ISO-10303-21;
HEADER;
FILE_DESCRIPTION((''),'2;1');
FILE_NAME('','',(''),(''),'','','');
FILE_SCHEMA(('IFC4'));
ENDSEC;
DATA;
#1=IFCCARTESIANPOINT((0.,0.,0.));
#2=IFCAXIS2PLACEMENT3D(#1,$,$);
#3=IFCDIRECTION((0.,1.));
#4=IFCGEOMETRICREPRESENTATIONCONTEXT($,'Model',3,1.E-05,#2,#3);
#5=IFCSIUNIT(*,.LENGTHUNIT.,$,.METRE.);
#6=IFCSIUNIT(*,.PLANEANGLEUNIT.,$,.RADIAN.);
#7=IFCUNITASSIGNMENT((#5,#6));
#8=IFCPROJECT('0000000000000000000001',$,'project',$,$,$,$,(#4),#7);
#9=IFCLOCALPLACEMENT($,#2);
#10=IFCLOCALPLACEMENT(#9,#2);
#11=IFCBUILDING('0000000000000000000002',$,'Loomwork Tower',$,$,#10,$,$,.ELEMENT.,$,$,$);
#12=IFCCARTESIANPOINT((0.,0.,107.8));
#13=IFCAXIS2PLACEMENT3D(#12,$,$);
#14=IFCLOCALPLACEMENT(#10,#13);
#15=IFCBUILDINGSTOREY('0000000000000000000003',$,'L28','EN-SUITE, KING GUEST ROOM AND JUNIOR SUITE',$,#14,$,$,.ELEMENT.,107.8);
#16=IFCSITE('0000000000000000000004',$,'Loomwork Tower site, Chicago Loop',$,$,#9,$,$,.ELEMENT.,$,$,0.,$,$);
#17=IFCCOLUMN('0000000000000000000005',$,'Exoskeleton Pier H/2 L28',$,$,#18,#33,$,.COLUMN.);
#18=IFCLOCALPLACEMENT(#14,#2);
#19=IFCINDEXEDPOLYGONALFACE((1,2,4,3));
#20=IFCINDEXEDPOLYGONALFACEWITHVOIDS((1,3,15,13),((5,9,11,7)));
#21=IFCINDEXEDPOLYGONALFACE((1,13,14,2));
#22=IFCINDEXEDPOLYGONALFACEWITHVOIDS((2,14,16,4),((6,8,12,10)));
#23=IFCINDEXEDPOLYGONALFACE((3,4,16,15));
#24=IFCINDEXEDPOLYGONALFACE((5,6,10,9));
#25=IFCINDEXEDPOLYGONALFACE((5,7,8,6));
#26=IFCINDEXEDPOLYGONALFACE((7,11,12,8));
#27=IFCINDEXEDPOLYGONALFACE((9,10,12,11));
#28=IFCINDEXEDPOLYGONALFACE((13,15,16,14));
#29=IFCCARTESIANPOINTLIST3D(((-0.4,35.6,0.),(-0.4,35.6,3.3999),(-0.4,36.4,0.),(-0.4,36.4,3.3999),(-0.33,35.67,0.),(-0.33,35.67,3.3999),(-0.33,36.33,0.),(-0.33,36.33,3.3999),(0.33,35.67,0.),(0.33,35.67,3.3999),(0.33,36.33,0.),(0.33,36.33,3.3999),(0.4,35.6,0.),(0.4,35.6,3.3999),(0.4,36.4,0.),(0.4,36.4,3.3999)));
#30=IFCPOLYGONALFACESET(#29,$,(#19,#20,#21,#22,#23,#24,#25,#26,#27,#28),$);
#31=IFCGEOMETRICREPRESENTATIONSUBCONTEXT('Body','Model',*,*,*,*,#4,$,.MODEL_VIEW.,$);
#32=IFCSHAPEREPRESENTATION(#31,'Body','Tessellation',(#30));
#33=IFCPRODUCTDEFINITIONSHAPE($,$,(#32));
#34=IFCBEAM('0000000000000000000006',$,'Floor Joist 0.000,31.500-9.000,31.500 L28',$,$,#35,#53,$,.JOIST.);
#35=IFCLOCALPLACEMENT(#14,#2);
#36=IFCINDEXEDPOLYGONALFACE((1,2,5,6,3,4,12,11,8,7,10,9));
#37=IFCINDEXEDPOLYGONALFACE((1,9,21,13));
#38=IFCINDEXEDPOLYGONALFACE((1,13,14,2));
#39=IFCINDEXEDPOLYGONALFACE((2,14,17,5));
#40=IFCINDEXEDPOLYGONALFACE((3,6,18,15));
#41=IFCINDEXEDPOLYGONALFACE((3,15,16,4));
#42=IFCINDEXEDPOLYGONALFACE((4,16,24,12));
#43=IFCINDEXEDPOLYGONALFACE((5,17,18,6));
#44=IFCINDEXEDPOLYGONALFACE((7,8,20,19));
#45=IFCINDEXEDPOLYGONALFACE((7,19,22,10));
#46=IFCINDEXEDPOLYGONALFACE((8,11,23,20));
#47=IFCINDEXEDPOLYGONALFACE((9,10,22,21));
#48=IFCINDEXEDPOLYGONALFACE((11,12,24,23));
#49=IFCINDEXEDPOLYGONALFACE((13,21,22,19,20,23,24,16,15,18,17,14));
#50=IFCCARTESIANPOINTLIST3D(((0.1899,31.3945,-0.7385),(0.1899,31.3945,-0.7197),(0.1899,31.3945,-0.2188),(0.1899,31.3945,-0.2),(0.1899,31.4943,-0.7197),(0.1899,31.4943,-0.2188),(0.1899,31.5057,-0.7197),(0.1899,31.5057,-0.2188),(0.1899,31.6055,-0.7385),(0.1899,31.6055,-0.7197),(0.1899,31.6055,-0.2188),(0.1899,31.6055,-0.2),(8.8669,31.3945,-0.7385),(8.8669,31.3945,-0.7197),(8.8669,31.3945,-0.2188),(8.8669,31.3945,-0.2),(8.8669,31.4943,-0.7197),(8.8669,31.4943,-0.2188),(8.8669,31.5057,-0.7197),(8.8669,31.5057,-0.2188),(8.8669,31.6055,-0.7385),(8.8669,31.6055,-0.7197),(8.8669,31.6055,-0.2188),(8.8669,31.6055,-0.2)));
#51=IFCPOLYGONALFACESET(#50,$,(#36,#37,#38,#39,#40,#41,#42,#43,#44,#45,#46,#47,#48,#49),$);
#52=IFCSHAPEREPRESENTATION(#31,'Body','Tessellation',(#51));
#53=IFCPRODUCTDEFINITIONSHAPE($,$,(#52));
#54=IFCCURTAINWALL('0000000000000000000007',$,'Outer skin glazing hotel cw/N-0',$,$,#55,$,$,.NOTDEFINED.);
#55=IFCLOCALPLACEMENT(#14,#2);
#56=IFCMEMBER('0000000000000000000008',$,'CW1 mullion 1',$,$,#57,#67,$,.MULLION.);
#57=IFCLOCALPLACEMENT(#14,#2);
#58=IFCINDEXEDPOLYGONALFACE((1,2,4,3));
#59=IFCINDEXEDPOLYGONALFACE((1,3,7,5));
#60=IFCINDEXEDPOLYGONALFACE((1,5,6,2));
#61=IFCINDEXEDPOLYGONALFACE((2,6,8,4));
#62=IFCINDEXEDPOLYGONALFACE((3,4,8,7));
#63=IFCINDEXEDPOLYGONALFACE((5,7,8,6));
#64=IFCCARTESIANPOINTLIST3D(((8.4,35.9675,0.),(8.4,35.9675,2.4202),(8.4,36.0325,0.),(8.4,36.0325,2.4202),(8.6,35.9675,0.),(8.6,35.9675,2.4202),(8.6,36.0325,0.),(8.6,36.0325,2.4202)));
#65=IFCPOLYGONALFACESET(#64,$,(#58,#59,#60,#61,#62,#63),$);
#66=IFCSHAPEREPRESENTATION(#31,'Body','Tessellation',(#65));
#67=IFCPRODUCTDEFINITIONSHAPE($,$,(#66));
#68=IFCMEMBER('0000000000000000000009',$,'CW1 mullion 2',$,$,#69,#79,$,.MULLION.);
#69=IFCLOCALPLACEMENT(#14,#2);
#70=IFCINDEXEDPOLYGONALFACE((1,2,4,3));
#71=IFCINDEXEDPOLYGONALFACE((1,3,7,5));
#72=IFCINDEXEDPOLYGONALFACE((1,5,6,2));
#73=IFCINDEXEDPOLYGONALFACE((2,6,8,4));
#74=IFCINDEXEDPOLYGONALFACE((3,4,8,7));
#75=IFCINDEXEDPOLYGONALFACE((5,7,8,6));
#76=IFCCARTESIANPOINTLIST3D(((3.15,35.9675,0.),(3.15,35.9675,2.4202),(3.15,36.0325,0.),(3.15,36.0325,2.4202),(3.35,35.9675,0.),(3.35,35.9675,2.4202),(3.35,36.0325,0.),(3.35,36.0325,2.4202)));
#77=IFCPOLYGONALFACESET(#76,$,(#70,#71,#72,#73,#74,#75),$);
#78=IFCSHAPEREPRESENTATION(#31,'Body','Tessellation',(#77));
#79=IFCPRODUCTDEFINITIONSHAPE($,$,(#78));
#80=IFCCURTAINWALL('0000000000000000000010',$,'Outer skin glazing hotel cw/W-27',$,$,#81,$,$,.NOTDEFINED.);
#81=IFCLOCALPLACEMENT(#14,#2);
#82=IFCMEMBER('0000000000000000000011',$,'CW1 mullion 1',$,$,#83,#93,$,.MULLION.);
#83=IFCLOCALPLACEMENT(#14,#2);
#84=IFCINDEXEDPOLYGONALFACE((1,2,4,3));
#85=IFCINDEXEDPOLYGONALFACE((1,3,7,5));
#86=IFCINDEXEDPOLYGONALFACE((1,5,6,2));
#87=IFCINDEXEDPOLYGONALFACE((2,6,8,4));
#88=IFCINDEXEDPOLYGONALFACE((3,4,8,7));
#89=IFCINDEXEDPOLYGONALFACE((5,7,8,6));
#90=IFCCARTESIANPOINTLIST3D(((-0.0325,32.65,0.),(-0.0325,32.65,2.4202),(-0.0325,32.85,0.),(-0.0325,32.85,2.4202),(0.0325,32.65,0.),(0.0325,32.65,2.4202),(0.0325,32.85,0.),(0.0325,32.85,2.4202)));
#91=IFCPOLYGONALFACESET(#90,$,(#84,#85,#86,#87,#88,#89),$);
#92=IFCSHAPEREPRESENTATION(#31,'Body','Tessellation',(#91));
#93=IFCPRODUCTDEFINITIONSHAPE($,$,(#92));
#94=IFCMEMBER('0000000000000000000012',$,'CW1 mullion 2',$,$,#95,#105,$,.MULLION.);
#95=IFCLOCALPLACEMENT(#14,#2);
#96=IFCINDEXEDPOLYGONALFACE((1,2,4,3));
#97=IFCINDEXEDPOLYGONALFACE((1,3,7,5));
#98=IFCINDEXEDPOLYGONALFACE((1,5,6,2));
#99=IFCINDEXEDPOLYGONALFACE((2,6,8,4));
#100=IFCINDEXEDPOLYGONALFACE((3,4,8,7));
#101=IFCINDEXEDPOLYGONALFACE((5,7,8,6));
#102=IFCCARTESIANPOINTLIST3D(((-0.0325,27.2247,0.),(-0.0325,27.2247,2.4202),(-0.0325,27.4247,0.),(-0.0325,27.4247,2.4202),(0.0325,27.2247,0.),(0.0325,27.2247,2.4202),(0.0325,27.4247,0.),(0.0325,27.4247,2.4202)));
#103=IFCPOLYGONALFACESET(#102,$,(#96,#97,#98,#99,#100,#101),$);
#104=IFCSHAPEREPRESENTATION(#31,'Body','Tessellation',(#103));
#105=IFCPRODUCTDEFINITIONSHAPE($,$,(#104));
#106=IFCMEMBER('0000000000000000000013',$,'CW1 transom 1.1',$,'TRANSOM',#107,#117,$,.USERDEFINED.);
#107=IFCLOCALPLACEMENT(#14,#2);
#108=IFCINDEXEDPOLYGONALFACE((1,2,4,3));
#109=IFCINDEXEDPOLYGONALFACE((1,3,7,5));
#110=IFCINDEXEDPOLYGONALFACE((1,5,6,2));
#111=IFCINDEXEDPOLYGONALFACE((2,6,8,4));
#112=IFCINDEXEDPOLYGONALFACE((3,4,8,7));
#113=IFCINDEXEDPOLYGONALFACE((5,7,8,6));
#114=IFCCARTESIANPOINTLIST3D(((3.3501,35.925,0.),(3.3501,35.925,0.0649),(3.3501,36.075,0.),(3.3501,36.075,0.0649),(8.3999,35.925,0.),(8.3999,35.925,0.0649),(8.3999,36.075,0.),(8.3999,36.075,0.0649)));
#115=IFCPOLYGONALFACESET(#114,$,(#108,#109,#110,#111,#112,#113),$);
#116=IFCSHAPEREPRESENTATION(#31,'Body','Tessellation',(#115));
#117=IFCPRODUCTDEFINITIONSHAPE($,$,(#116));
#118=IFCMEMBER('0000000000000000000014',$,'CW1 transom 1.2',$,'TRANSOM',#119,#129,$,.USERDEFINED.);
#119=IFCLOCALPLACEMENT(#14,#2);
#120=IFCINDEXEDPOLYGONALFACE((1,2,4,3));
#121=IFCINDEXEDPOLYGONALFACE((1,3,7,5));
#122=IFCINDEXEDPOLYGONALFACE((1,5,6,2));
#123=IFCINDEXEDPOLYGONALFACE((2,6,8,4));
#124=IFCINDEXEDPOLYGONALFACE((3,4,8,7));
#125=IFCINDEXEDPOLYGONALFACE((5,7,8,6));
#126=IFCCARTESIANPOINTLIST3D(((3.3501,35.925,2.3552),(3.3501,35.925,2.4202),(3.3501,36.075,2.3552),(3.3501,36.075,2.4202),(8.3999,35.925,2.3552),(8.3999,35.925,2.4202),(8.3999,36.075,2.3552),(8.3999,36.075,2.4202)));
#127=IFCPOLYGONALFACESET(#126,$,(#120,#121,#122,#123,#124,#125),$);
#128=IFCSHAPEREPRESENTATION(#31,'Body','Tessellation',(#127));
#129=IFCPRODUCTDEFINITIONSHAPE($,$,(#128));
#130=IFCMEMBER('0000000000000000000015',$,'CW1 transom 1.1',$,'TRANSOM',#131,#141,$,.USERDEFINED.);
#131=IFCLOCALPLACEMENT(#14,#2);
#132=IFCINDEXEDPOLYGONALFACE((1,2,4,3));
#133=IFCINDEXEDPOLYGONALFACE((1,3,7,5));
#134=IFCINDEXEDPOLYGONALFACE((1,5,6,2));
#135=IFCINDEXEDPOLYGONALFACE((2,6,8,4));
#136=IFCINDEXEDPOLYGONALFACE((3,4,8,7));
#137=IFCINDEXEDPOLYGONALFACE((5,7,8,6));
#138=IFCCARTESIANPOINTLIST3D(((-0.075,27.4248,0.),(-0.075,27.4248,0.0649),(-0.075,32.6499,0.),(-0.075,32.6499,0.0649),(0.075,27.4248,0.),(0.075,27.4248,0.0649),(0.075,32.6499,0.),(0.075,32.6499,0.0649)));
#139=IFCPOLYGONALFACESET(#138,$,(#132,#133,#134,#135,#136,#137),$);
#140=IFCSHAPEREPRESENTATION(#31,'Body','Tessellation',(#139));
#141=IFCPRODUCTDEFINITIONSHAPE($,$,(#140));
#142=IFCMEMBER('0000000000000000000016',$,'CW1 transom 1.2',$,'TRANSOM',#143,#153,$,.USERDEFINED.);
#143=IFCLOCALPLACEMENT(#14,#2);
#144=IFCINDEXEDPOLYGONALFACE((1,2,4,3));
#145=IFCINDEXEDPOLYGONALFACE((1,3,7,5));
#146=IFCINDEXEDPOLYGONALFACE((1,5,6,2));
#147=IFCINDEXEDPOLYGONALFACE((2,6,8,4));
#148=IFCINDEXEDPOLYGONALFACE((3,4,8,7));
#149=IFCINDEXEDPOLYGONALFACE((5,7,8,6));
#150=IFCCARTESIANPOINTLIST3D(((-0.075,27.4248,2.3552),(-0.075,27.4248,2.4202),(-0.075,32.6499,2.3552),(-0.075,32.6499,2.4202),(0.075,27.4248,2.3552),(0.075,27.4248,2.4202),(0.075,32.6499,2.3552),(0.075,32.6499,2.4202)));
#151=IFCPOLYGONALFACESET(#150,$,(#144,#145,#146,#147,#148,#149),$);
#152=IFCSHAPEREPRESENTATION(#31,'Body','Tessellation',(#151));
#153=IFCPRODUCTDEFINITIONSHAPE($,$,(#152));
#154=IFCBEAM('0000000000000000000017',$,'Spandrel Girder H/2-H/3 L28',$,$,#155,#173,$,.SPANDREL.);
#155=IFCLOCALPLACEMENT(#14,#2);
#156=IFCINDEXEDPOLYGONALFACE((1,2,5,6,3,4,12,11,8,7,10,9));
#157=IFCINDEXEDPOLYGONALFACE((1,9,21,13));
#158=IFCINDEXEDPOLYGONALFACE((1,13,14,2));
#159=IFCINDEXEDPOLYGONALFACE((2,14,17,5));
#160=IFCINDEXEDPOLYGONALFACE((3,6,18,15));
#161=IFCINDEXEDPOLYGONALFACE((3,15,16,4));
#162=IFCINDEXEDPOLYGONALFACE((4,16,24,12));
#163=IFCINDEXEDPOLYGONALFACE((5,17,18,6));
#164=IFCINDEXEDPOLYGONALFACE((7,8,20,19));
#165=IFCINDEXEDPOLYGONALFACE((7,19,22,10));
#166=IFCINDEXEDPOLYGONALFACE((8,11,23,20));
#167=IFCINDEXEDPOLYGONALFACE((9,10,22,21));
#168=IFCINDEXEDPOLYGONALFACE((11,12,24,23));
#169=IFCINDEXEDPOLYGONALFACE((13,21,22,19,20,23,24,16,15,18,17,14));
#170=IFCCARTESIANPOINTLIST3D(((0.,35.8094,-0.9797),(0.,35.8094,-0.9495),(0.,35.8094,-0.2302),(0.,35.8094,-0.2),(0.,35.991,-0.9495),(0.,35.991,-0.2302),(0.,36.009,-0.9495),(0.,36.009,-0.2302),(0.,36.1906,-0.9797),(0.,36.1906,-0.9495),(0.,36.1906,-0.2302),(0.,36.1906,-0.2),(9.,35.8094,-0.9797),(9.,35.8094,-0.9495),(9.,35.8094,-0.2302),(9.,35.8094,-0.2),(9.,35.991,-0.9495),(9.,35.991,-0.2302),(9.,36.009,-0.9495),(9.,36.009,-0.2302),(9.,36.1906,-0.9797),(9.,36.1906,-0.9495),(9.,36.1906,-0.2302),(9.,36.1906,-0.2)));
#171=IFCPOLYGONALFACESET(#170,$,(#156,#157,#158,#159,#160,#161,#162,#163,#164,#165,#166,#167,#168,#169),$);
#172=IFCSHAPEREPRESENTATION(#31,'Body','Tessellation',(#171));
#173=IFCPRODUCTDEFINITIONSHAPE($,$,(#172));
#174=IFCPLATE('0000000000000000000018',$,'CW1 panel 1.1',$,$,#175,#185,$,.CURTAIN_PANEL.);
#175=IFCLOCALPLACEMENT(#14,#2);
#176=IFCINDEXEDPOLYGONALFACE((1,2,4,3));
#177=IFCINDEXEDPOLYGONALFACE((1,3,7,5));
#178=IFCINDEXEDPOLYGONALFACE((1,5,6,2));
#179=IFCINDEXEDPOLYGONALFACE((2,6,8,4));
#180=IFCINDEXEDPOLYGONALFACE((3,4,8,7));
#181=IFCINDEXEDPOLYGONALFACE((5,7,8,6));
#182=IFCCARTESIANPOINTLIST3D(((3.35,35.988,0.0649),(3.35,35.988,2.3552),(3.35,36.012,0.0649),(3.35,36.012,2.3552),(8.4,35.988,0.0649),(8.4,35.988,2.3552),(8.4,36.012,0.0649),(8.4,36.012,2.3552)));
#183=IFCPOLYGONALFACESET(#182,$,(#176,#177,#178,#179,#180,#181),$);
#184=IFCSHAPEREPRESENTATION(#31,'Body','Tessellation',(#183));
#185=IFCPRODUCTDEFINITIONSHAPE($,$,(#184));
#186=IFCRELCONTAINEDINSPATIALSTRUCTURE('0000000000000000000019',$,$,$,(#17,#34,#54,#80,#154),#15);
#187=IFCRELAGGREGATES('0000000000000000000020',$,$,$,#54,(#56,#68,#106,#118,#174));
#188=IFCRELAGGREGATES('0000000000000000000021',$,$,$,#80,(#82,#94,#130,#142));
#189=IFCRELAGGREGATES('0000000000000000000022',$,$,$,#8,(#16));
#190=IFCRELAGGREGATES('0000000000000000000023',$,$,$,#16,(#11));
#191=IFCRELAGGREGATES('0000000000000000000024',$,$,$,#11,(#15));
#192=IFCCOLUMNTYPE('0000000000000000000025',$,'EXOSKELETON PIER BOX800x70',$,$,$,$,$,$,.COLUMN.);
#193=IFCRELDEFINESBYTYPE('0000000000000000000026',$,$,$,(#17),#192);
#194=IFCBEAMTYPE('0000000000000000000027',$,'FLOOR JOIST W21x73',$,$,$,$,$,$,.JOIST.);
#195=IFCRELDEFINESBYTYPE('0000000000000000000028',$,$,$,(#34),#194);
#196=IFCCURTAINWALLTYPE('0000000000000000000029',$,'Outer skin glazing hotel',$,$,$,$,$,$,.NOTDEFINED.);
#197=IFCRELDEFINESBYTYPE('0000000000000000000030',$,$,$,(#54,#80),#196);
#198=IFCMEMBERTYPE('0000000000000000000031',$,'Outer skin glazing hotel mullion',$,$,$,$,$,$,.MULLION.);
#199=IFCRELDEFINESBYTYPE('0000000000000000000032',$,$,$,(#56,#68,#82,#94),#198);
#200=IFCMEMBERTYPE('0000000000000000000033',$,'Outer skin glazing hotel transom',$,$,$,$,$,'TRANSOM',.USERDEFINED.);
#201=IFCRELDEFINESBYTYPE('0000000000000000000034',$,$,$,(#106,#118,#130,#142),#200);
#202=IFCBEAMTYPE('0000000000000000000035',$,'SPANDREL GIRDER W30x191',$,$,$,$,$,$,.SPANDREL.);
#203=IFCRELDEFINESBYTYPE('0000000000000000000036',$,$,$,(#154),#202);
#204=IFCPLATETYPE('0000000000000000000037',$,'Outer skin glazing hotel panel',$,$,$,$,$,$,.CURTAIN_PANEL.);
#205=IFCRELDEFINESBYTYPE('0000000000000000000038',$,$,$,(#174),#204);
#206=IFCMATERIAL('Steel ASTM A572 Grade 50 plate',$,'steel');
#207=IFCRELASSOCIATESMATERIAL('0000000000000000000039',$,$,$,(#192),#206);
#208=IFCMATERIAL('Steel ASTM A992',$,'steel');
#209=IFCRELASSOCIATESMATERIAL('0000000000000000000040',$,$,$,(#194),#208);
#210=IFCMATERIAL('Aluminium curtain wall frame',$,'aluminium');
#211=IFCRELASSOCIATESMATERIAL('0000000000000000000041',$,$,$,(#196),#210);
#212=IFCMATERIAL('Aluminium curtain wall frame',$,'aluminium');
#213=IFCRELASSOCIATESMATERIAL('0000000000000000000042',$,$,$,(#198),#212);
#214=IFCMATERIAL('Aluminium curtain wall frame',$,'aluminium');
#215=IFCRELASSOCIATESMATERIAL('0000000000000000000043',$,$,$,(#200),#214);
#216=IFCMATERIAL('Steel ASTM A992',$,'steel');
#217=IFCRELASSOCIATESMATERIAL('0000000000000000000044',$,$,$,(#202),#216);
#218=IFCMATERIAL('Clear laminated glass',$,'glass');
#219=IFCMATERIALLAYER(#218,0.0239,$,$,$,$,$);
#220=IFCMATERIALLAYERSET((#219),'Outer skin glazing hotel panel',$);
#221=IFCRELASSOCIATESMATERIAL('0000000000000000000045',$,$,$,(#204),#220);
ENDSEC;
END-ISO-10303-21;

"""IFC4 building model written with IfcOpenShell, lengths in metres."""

from ifc_helpers import new_model, si_unit, direction, frame, origin, origin_2d, place, context, subcontext, project, spatial, rectangle, hollow_rectangle, i_section, extrude, material, layer, layer_set, material_profile, profile_set, type_object, element, aggregate, save


model = new_model("IFC4")

# Units and contexts
model_context = context("Model", 3, precision=1e-05, world=origin(), true_north=direction((0.0, 1.0)))
body_context = subcontext(model_context, "Body", "Model", "MODEL_VIEW")
ifc_project = project(units=[si_unit("LENGTHUNIT", "METRE"), si_unit("PLANEANGLEUNIT", "RADIAN")], contexts=[model_context])

# Site, building, storey
site_placement = place(None, origin())
site = spatial("IfcSite", under=ifc_project, at=site_placement, Name="Loomwork Tower site, Chicago Loop", CompositionType="ELEMENT", RefElevation=0.0)
building_placement = place(site_placement, origin())
building = spatial("IfcBuilding", under=site, at=building_placement, Name="Loomwork Tower", CompositionType="ELEMENT")
storey_placement = place(building_placement, frame((0.0, 0.0, 107.8)))
storey = spatial("IfcBuildingStorey", under=building, at=storey_placement, Name="L28", Description="EN-SUITE, KING GUEST ROOM AND JUNIOR SUITE", CompositionType="ELEMENT", Elevation=107.8)

# Column
ifc_material_1 = material(Name="Steel ASTM A572 Grade 50 plate", Category="steel")
ifc_material_profile_1 = material_profile(ifc_material_1, hollow_rectangle(XDim=0.8, YDim=0.8, WallThickness=0.0701, at=origin_2d()), Name="BOX800x70")
ifc_profile_set_1 = profile_set([ifc_material_profile_1], Name="Steel ASTM A572 Grade 50 plate")
column_type = type_object("IfcColumnType", Name="EXOSKELETON PIER BOX800x70", PredefinedType="COLUMN", material=ifc_profile_set_1)
column_placement = place(storey_placement, frame((0.0, 36.0, 0.0), z_axis=(0.0, 0.0, 1.0), x_axis=(1.0, 0.0, 0.0)))
element("IfcColumn", 1, at=column_placement, inside=storey, type_object=column_type, Name="Exoskeleton Pier H/2 L28", PredefinedType="COLUMN", context=body_context, shape_type="SweptSolid", body=[
    extrude(hollow_rectangle(XDim=0.8, YDim=0.8, WallThickness=0.0701, at=origin_2d()), origin(), (0.0, 0.0, 1.0), 3.3999),
])

# Beam
ifc_material_2 = material(Name="Steel ASTM A992", Category="steel")
ifc_material_profile_2 = material_profile(ifc_material_2, i_section(OverallWidth=0.2109, OverallDepth=0.5386, WebThickness=0.0115, FlangeThickness=0.0188, at=origin_2d()), Name="W21x73")
ifc_profile_set_2 = profile_set([ifc_material_profile_2], Name="Steel ASTM A992")
beam_type_1 = type_object("IfcBeamType", Name="FLOOR JOIST W21x73", PredefinedType="JOIST", material=ifc_profile_set_2)
beam_1_placement = place(storey_placement, frame((0.1899, 31.5, -0.4692), z_axis=(1.0, 0.0, 0.0), x_axis=(0.0, 1.0, 0.0)))
element("IfcBeam", 2, at=beam_1_placement, inside=storey, type_object=beam_type_1, Name="Floor Joist 0.000,31.500-9.000,31.500 L28", PredefinedType="JOIST", context=body_context, shape_type="SweptSolid", body=[
    extrude(i_section(OverallWidth=0.2109, OverallDepth=0.5386, WebThickness=0.0115, FlangeThickness=0.0188, at=origin_2d()), origin(), (0.0, 0.0, 1.0), 8.677),
])

# Curtain walls, members
ifc_material_3 = material(Name="Aluminium curtain wall frame", Category="aluminium")
curtain_wall_type = type_object("IfcCurtainWallType", Name="Outer skin glazing hotel", PredefinedType="NOTDEFINED", material=ifc_material_3)
curtain_wall_1_placement = place(storey_placement, origin())
curtain_wall_1 = element("IfcCurtainWall", 3, at=curtain_wall_1_placement, inside=storey, type_object=curtain_wall_type, Name="Outer skin glazing hotel cw/N-0", PredefinedType="NOTDEFINED")
ifc_material_4 = material(Name="Aluminium curtain wall frame", Category="aluminium")
ifc_material_profile_3 = material_profile(ifc_material_4, rectangle(XDim=0.0649, YDim=0.2, at=origin_2d()), Name="AL 65x200")
ifc_profile_set_3 = profile_set([ifc_material_profile_3], Name="Aluminium curtain wall frame")
member_type_1 = type_object("IfcMemberType", Name="Outer skin glazing hotel mullion", PredefinedType="MULLION", material=ifc_profile_set_3)
member_1_placement = place(storey_placement, frame((8.5, 36.0, 0.0), z_axis=(0.0, 0.0, 1.0), x_axis=(0.0, -1.0, 0.0)))
member_1 = element("IfcMember", 4, at=member_1_placement, type_object=member_type_1, Name="CW1 mullion 1", PredefinedType="MULLION", context=body_context, shape_type="SweptSolid", body=[
    extrude(rectangle(XDim=0.0649, YDim=0.2, at=origin_2d()), origin(), (0.0, 0.0, 1.0), 2.4202),
])
member_2_placement = place(storey_placement, frame((3.25, 36.0, 0.0), z_axis=(0.0, 0.0, 1.0), x_axis=(0.0, -1.0, 0.0)))
member_2 = element("IfcMember", 5, at=member_2_placement, type_object=member_type_1, Name="CW1 mullion 2", PredefinedType="MULLION", context=body_context, shape_type="SweptSolid", body=[
    extrude(rectangle(XDim=0.0649, YDim=0.2, at=origin_2d()), origin(), (0.0, 0.0, 1.0), 2.4202),
])
curtain_wall_2_placement = place(storey_placement, origin())
curtain_wall_2 = element("IfcCurtainWall", 6, at=curtain_wall_2_placement, inside=storey, type_object=curtain_wall_type, Name="Outer skin glazing hotel cw/W-27", PredefinedType="NOTDEFINED")
member_3_placement = place(storey_placement, frame((0.0, 32.75, 0.0), z_axis=(0.0, 0.0, 1.0), x_axis=(1.0, 0.0, 0.0)))
member_3 = element("IfcMember", 7, at=member_3_placement, type_object=member_type_1, Name="CW1 mullion 1", PredefinedType="MULLION", context=body_context, shape_type="SweptSolid", body=[
    extrude(rectangle(XDim=0.0649, YDim=0.2, at=origin_2d()), origin(), (0.0, 0.0, 1.0), 2.4202),
])
member_4_placement = place(storey_placement, frame((0.0, 27.3247, 0.0), z_axis=(0.0, 0.0, 1.0), x_axis=(1.0, 0.0, 0.0)))
member_4 = element("IfcMember", 8, at=member_4_placement, type_object=member_type_1, Name="CW1 mullion 2", PredefinedType="MULLION", context=body_context, shape_type="SweptSolid", body=[
    extrude(rectangle(XDim=0.0649, YDim=0.2, at=origin_2d()), origin(), (0.0, 0.0, 1.0), 2.4202),
])

# Members
ifc_material_5 = material(Name="Aluminium curtain wall frame", Category="aluminium")
ifc_material_profile_4 = material_profile(ifc_material_5, rectangle(XDim=0.1499, YDim=0.0649, at=origin_2d()), Name="AL 65x150")
ifc_profile_set_4 = profile_set([ifc_material_profile_4], Name="Aluminium curtain wall frame")
member_type_2 = type_object("IfcMemberType", Name="Outer skin glazing hotel transom", ElementType="TRANSOM", PredefinedType="USERDEFINED", material=ifc_profile_set_4)
member_5_placement = place(storey_placement, frame((8.3999, 36.0, 0.0325), z_axis=(-1.0, 0.0, 0.0), x_axis=(0.0, -1.0, 0.0)))
member_5 = element("IfcMember", 9, at=member_5_placement, type_object=member_type_2, Name="CW1 transom 1.1", ObjectType="TRANSOM", PredefinedType="USERDEFINED", context=body_context, shape_type="SweptSolid", body=[
    extrude(rectangle(XDim=0.1499, YDim=0.0649, at=origin_2d()), origin(), (0.0, 0.0, 1.0), 5.0498),
])
member_6_placement = place(storey_placement, frame((8.3999, 36.0, 2.3877), z_axis=(-1.0, 0.0, 0.0), x_axis=(0.0, -1.0, 0.0)))
member_6 = element("IfcMember", 10, at=member_6_placement, type_object=member_type_2, Name="CW1 transom 1.2", ObjectType="TRANSOM", PredefinedType="USERDEFINED", context=body_context, shape_type="SweptSolid", body=[
    extrude(rectangle(XDim=0.1499, YDim=0.0649, at=origin_2d()), origin(), (0.0, 0.0, 1.0), 5.0498),
])
member_7_placement = place(storey_placement, frame((0.0, 32.6499, 0.0325), z_axis=(0.0, -1.0, 0.0), x_axis=(1.0, 0.0, 0.0)))
member_7 = element("IfcMember", 11, at=member_7_placement, type_object=member_type_2, Name="CW1 transom 1.1", ObjectType="TRANSOM", PredefinedType="USERDEFINED", context=body_context, shape_type="SweptSolid", body=[
    extrude(rectangle(XDim=0.1499, YDim=0.0649, at=origin_2d()), origin(), (0.0, 0.0, 1.0), 5.2251),
])
member_8_placement = place(storey_placement, frame((0.0, 32.6499, 2.3877), z_axis=(0.0, -1.0, 0.0), x_axis=(1.0, 0.0, 0.0)))
member_8 = element("IfcMember", 12, at=member_8_placement, type_object=member_type_2, Name="CW1 transom 1.2", ObjectType="TRANSOM", PredefinedType="USERDEFINED", context=body_context, shape_type="SweptSolid", body=[
    extrude(rectangle(XDim=0.1499, YDim=0.0649, at=origin_2d()), origin(), (0.0, 0.0, 1.0), 5.2251),
])

# Beam
ifc_material_6 = material(Name="Steel ASTM A992", Category="steel")
ifc_material_profile_5 = material_profile(ifc_material_6, i_section(OverallWidth=0.3811, OverallDepth=0.7798, WebThickness=0.0181, FlangeThickness=0.0303, at=origin_2d()), Name="W30x191")
ifc_profile_set_5 = profile_set([ifc_material_profile_5], Name="Steel ASTM A992")
beam_type_2 = type_object("IfcBeamType", Name="SPANDREL GIRDER W30x191", PredefinedType="SPANDREL", material=ifc_profile_set_5)
beam_2_placement = place(storey_placement, frame((0.0, 36.0, -0.5898), z_axis=(1.0, 0.0, 0.0), x_axis=(0.0, 1.0, 0.0)))
element("IfcBeam", 13, at=beam_2_placement, inside=storey, type_object=beam_type_2, Name="Spandrel Girder H/2-H/3 L28", PredefinedType="SPANDREL", context=body_context, shape_type="SweptSolid", body=[
    extrude(i_section(OverallWidth=0.3811, OverallDepth=0.7798, WebThickness=0.0181, FlangeThickness=0.0303, at=origin_2d()), origin(), (0.0, 0.0, 1.0), 9.0),
])

# Plate
ifc_material_7 = material(Name="Clear laminated glass", Category="glass")
ifc_layer_1 = layer(ifc_material_7, 0.0239)
ifc_layer_set_1 = layer_set([ifc_layer_1], Name="Outer skin glazing hotel panel")
plate_type = type_object("IfcPlateType", Name="Outer skin glazing hotel panel", PredefinedType="CURTAIN_PANEL", material=ifc_layer_set_1)
plate_1_placement = place(storey_placement, frame((5.875, 36.0, 0.0649), z_axis=(0.0, 0.0, 1.0), x_axis=(-1.0, 0.0, 0.0)))
plate_1 = element("IfcPlate", 14, at=plate_1_placement, type_object=plate_type, Name="CW1 panel 1.1", PredefinedType="CURTAIN_PANEL", context=body_context, shape_type="SweptSolid", body=[
    extrude(rectangle(XDim=5.05, YDim=0.0239, at=origin_2d()), origin(), (0.0, 0.0, 1.0), 2.2903),
])
aggregate(curtain_wall_1, [member_1, member_2, member_5, member_6, plate_1])
aggregate(curtain_wall_2, [member_3, member_4, member_7, member_8])

save(model, "model.ifc")
